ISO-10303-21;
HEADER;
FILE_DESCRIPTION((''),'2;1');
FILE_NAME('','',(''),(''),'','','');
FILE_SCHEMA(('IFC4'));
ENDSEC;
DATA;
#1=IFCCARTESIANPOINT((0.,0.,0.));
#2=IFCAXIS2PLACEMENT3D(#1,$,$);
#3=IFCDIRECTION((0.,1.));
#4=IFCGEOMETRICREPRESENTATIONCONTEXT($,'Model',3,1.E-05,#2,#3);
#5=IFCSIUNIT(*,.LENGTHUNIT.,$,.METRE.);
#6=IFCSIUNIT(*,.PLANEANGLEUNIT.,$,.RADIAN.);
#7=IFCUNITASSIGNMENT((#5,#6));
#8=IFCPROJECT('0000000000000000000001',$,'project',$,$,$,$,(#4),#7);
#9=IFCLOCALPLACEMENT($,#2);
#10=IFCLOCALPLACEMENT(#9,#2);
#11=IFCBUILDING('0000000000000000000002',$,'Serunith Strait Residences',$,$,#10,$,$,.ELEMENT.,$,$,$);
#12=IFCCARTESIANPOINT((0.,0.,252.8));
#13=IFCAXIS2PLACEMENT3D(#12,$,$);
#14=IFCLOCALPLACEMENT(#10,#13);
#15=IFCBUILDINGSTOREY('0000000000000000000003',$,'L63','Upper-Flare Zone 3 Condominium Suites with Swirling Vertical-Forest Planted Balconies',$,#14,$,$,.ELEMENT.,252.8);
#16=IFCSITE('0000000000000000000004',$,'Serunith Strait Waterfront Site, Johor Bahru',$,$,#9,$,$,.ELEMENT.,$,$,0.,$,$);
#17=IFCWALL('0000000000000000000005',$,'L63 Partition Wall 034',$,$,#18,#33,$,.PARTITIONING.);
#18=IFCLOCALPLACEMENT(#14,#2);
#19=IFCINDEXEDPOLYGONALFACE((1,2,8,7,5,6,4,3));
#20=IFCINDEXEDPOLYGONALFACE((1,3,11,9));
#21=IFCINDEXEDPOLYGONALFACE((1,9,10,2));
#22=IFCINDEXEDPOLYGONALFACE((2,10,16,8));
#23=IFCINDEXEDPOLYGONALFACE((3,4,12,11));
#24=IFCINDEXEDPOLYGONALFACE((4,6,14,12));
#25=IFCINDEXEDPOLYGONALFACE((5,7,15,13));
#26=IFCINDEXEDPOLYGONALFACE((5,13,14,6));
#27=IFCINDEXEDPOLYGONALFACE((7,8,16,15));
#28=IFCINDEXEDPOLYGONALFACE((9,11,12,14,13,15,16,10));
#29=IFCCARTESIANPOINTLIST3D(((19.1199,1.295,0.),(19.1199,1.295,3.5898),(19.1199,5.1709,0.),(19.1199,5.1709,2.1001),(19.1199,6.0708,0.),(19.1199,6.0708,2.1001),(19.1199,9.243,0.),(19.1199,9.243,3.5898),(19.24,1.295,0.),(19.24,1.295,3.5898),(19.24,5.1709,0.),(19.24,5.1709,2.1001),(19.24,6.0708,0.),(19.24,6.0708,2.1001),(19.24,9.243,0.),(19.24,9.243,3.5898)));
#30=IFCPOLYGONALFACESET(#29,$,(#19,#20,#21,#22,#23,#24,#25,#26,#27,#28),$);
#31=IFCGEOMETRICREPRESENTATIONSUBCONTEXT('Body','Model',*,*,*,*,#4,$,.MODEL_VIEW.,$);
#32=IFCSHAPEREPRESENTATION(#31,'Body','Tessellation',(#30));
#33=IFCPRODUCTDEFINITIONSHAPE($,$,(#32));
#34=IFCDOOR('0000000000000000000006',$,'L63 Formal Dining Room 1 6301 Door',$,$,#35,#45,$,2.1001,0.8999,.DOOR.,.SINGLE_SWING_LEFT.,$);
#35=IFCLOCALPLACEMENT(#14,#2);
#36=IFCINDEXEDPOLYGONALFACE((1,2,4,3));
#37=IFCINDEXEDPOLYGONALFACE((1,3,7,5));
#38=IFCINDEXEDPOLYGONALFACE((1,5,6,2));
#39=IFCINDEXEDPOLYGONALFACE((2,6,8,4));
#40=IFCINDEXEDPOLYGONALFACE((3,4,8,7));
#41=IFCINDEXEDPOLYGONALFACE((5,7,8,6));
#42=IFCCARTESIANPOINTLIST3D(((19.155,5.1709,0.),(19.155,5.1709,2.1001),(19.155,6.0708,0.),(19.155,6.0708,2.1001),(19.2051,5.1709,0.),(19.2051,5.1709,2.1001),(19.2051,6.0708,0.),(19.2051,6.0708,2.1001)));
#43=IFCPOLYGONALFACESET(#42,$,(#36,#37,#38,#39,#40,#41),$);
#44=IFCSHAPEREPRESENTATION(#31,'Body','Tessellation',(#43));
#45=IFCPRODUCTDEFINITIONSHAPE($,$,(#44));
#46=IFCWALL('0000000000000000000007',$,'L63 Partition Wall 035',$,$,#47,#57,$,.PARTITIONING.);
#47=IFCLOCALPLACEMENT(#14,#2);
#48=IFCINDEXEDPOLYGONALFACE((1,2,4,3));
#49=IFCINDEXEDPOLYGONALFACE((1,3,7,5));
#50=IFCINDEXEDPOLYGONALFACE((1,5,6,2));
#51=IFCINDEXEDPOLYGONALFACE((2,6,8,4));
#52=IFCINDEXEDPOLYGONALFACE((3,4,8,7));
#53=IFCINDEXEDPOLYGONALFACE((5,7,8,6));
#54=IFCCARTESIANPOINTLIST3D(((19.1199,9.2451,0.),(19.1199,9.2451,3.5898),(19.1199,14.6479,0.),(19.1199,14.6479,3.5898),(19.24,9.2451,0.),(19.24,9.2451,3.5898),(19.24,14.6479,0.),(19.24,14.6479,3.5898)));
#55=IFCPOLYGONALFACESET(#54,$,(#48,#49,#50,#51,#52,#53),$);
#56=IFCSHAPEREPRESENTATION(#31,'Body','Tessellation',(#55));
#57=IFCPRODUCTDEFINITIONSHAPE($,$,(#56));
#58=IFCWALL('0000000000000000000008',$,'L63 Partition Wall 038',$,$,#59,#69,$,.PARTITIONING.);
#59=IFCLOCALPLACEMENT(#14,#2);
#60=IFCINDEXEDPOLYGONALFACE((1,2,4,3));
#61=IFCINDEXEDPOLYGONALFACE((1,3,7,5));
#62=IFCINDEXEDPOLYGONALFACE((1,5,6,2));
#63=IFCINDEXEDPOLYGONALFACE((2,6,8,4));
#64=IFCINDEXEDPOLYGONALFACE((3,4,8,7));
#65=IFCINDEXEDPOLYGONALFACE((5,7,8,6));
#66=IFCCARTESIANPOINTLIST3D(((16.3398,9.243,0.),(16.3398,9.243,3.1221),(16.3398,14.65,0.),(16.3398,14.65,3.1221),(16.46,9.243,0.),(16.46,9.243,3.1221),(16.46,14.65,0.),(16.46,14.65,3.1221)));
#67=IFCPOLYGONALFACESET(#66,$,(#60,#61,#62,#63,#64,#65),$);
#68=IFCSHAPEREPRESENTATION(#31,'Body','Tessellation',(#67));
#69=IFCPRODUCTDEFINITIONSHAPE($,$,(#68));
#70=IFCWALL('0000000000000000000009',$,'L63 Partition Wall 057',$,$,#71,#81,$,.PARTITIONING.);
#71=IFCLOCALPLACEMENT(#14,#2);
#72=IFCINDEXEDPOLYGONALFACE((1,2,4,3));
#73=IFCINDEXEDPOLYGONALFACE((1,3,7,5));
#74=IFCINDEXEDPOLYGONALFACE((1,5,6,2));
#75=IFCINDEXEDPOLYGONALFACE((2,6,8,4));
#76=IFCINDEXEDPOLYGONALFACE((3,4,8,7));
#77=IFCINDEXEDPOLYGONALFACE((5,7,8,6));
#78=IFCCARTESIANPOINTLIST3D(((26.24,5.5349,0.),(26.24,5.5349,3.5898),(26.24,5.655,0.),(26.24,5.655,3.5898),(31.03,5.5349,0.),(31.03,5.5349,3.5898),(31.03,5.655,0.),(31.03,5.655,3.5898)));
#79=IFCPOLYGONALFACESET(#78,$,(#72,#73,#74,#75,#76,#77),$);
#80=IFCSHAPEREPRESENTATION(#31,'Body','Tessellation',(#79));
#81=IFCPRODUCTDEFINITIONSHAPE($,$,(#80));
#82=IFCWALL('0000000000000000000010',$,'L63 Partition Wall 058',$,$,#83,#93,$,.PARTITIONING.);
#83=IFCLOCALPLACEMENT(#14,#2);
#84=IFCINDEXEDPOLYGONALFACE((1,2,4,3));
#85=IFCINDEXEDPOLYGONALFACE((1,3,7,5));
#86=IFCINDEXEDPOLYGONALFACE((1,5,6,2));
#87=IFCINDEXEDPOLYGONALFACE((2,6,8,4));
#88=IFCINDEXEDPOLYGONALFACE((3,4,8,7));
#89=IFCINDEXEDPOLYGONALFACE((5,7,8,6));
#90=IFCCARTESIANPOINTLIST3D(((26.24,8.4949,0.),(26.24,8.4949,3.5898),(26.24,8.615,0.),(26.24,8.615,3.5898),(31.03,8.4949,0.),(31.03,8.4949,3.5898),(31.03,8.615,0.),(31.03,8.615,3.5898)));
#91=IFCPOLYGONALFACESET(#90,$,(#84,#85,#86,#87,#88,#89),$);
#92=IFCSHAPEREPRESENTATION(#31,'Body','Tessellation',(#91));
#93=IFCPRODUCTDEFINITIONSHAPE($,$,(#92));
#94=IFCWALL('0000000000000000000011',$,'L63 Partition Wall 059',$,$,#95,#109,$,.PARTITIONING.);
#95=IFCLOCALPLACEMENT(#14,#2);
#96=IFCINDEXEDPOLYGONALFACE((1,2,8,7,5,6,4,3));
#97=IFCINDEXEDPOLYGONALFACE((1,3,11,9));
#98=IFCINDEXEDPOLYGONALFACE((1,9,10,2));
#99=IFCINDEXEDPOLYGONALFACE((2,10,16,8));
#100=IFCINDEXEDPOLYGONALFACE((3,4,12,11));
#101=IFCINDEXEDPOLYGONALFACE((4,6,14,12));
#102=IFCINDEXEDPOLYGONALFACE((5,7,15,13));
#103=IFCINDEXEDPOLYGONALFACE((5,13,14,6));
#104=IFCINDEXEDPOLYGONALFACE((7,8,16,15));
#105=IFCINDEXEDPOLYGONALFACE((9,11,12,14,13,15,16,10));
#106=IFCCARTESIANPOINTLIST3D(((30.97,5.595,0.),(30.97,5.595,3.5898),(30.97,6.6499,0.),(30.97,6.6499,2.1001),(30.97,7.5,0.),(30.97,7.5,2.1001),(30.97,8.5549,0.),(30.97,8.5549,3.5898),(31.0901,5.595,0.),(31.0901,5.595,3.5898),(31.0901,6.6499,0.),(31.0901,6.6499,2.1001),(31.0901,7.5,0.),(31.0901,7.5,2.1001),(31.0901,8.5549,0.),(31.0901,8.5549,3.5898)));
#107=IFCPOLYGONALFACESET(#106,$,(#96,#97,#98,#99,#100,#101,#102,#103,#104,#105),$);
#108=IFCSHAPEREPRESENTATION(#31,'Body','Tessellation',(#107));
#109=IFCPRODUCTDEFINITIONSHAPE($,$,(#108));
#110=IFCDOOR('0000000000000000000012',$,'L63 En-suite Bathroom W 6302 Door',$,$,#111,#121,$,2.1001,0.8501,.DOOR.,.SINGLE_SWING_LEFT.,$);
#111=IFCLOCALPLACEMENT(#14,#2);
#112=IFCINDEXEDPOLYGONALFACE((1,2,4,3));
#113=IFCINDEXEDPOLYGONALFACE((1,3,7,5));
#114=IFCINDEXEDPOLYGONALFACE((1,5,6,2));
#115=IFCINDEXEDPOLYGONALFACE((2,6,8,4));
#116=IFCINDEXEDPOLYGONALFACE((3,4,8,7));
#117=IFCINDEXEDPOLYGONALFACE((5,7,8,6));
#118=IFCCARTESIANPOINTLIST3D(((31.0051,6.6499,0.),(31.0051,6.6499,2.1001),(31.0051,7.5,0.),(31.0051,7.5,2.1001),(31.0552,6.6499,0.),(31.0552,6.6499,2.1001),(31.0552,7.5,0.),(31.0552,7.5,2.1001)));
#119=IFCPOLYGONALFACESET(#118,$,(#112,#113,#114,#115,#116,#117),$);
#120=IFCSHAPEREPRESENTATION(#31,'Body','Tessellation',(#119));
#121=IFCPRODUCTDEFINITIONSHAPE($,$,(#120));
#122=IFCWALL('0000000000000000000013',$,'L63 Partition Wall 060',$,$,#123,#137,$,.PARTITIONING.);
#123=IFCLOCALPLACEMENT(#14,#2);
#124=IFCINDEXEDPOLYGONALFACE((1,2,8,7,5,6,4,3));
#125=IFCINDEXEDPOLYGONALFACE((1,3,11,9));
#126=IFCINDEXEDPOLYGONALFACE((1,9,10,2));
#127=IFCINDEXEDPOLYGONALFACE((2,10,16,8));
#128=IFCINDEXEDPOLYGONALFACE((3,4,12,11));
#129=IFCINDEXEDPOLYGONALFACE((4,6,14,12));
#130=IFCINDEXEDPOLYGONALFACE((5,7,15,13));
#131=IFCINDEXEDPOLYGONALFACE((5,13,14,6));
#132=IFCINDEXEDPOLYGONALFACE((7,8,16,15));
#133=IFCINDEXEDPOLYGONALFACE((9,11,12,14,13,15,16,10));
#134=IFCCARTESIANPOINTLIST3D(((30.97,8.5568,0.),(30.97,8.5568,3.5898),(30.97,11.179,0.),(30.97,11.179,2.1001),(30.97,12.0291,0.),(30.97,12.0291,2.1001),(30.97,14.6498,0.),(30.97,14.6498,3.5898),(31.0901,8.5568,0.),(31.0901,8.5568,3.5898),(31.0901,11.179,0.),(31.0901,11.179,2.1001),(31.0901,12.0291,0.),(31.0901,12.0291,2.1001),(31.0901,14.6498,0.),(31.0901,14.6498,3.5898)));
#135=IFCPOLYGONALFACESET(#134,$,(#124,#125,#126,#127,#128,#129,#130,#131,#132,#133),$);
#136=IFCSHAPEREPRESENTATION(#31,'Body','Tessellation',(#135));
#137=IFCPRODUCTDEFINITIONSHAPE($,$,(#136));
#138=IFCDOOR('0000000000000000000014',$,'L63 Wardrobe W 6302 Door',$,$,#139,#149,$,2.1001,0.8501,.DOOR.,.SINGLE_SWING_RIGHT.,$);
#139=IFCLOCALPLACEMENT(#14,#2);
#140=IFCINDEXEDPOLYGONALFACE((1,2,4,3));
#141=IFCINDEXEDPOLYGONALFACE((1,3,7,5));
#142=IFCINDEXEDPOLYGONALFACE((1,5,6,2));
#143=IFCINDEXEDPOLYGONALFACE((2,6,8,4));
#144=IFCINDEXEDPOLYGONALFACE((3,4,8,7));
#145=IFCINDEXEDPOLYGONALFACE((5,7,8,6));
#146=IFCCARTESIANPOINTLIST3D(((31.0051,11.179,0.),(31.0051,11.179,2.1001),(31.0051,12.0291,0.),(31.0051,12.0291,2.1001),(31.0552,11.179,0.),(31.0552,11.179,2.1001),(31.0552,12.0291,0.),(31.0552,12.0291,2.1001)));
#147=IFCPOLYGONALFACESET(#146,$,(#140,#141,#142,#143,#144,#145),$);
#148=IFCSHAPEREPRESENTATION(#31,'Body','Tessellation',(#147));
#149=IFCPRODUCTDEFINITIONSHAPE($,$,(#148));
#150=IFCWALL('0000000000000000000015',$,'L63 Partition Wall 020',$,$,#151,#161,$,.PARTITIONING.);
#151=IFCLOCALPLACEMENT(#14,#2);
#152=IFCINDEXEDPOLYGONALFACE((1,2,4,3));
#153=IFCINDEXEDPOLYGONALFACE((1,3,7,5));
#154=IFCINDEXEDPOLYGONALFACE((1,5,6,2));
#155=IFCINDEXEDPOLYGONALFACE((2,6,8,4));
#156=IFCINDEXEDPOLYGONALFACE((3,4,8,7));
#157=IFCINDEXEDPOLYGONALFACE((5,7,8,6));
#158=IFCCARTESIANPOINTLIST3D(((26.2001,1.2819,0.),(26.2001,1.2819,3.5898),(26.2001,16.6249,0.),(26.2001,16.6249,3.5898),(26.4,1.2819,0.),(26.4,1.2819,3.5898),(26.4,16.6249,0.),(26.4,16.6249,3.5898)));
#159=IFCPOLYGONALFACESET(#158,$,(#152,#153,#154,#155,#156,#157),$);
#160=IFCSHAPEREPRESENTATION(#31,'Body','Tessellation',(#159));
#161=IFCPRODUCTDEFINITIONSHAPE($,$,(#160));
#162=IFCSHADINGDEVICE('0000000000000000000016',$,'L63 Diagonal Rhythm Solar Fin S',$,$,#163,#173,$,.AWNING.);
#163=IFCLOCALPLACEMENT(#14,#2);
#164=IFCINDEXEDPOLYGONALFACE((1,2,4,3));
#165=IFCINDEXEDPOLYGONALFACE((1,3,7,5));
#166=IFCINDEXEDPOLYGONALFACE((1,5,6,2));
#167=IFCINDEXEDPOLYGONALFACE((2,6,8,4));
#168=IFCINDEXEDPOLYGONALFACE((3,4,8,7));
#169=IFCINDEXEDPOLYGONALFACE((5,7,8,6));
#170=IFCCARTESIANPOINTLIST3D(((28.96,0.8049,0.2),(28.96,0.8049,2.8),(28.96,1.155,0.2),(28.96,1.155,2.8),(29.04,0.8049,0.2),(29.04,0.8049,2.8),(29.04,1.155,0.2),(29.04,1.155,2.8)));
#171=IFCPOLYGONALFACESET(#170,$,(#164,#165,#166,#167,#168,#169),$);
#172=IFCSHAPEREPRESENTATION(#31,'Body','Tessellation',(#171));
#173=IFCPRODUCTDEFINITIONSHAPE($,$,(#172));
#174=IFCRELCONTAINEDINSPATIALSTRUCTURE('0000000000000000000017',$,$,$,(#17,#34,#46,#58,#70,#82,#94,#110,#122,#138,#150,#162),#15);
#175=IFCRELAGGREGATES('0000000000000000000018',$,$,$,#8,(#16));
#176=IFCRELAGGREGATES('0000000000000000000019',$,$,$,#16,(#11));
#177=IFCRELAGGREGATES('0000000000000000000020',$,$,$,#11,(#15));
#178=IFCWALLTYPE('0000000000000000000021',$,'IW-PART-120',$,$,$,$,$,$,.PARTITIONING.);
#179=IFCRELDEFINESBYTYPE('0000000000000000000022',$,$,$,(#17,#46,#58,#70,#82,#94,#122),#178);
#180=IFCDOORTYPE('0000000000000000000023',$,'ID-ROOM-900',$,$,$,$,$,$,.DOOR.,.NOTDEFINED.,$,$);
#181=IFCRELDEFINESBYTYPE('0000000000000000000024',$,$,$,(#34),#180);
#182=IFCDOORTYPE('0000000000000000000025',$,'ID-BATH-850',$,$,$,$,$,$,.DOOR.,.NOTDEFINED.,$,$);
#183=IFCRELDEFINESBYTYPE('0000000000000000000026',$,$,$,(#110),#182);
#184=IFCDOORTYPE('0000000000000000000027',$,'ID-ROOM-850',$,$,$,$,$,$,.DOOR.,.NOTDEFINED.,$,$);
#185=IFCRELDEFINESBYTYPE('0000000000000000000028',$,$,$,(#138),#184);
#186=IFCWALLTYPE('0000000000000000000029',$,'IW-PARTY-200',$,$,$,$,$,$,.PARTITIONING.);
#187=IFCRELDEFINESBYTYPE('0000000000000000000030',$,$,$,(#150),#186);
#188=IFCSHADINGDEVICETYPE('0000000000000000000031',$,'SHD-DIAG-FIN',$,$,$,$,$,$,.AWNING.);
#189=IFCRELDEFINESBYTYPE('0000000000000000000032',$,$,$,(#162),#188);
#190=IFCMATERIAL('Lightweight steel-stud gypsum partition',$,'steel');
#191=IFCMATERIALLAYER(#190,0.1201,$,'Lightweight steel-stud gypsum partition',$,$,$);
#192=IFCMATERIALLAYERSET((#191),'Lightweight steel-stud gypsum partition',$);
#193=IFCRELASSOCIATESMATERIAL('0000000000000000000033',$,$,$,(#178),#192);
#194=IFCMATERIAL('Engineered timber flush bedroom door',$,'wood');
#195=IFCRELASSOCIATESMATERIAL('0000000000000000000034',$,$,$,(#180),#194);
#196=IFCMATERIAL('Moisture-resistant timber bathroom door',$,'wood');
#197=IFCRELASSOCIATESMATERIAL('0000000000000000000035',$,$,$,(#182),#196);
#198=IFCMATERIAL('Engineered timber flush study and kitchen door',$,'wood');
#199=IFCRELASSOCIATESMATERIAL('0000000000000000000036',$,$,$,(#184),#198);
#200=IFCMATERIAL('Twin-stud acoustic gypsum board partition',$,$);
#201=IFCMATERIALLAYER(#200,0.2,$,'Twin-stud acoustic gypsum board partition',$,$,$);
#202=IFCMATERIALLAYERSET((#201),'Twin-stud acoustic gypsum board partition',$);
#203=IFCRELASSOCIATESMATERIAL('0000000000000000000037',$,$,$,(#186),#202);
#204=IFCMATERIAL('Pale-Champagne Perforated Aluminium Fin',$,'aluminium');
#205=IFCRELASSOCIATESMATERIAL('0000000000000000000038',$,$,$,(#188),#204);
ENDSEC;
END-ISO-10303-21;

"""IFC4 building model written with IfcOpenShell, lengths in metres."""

from ifc_helpers import new_model, si_unit, direction, frame, frame_2d, origin, origin_2d, place, context, subcontext, project, spatial, rectangle, extrude, source, transform, mapped, material, layer, layer_set, type_object, element, fill, save


model = new_model("IFC4")

# Units and contexts
model_context = context("Model", 3, precision=1e-05, world=origin(), true_north=direction((0.0, 1.0)))
body_context = subcontext(model_context, "Body", "Model", "MODEL_VIEW")
ifc_project = project(units=[si_unit("LENGTHUNIT", "METRE"), si_unit("PLANEANGLEUNIT", "RADIAN")], contexts=[model_context])

# Site, building, storey
site_placement = place(None, origin())
site = spatial("IfcSite", under=ifc_project, at=site_placement, Name="Serunith Strait Waterfront Site, Johor Bahru", CompositionType="ELEMENT", RefElevation=0.0)
building_placement = place(site_placement, origin())
building = spatial("IfcBuilding", under=site, at=building_placement, Name="Serunith Strait Residences", CompositionType="ELEMENT")
storey_placement = place(building_placement, frame((0.0, 0.0, 252.8)))
storey = spatial("IfcBuildingStorey", under=building, at=storey_placement, Name="L63", Description="Upper-Flare Zone 3 Condominium Suites with Swirling Vertical-Forest Planted Balconies", CompositionType="ELEMENT", Elevation=252.8)

# Wall, opening, door
ifc_material_1 = material(Name="Lightweight steel-stud gypsum partition", Category="steel")
ifc_layer_1 = layer(ifc_material_1, 0.1201, Name="Lightweight steel-stud gypsum partition")
ifc_layer_set_1 = layer_set([ifc_layer_1], Name="Lightweight steel-stud gypsum partition")
wall_type_1 = type_object("IfcWallType", Name="IW-PART-120", PredefinedType="PARTITIONING", material=ifc_layer_set_1)
wall_1_placement = place(storey_placement, frame((19.1799, 1.2949, 0.0), z_axis=(0.0, 0.0, 1.0), x_axis=(0.0, 1.0, 0.0)))
wall_1 = element("IfcWall", 1, at=wall_1_placement, inside=storey, type_object=wall_type_1, Name="L63 Partition Wall 034", PredefinedType="PARTITIONING", context=body_context, shape_type="SweptSolid", body=[
    extrude(rectangle(XDim=7.948, YDim=0.1201, at=frame_2d((3.9741, 0.0))), origin(), (0.0, 0.0, 1.0), 3.5898),
])
opening_1_placement = place(wall_1_placement, frame((3.876, 0.0, 0.0)))
opening_1 = element("IfcOpeningElement", 2, at=opening_1_placement, cuts=wall_1, PredefinedType="OPENING", context=body_context, shape_type="SweptSolid", body=[
    extrude(rectangle(XDim=0.8999, YDim=2.1001, at=frame_2d((0.45, 1.05))), frame((0.0, 0.0701, 0.0), z_axis=(0.0, -1.0, 0.0), x_axis=(1.0, 0.0, 0.0)), (0.0, 0.0, 1.0), 0.1401),
])
ifc_material_2 = material(Name="Engineered timber flush bedroom door", Category="wood")
door_type_1 = type_object("IfcDoorType", Name="ID-ROOM-900", OperationType="NOTDEFINED", PredefinedType="DOOR", material=ifc_material_2)
shared_shape_1 = source(origin(), body_context, "Body", "SweptSolid", [
    extrude(rectangle(XDim=0.8999, YDim=2.1001, at=frame_2d((0.45, 1.05))), frame((0.0, 0.0249, 0.0), z_axis=(0.0, -1.0, 0.0), x_axis=(1.0, 0.0, 0.0)), (0.0, 0.0, 1.0), 0.05),
])
door_1_placement = place(opening_1_placement, origin())
door_1 = element("IfcDoor", 3, at=door_1_placement, inside=storey, type_object=door_type_1, Name="L63 Formal Dining Room 1 6301 Door", OperationType="SINGLE_SWING_LEFT", OverallHeight=2.1001, OverallWidth=0.8999, PredefinedType="DOOR", context=body_context, shape_type="MappedRepresentation", body=[
    mapped(shared_shape_1, transform((0.0, 0.0, 0.0), scale=1.0)),
])
fill(opening_1, door_1)

# Walls
wall_2_placement = place(storey_placement, frame((19.1799, 9.2451, 0.0), z_axis=(0.0, 0.0, 1.0), x_axis=(0.0, 1.0, 0.0)))
element("IfcWall", 4, at=wall_2_placement, inside=storey, type_object=wall_type_1, Name="L63 Partition Wall 035", PredefinedType="PARTITIONING", context=body_context, shape_type="SweptSolid", body=[
    extrude(rectangle(XDim=5.4028, YDim=0.1201, at=frame_2d((2.7014, 0.0))), origin(), (0.0, 0.0, 1.0), 3.5898),
])
wall_3_placement = place(storey_placement, frame((16.3999, 9.2429, 0.0), z_axis=(0.0, 0.0, 1.0), x_axis=(0.0, 1.0, 0.0)))
element("IfcWall", 5, at=wall_3_placement, inside=storey, type_object=wall_type_1, Name="L63 Partition Wall 038", PredefinedType="PARTITIONING", context=body_context, shape_type="SweptSolid", body=[
    extrude(rectangle(XDim=5.407, YDim=0.1201, at=frame_2d((2.7036, 0.0))), origin(), (0.0, 0.0, 1.0), 3.1221),
])
for number, where, z_axis, x_axis, name in (
    (6, (26.24, 5.595, 0.0), (0.0, 0.0, 1.0), (1.0, 0.0, 0.0), "L63 Partition Wall 057"),
    (7, (26.24, 8.5549, 0.0), (0.0, 0.0, 1.0), (1.0, 0.0, 0.0), "L63 Partition Wall 058"),
):
    element("IfcWall", number, at=place(storey_placement, frame(where, z_axis=z_axis, x_axis=x_axis)), inside=storey, type_object=wall_type_1, Name=name, PredefinedType="PARTITIONING", context=body_context, shape_type="SweptSolid", body=[
        extrude(rectangle(XDim=4.79, YDim=0.1201, at=frame_2d((2.395, 0.0))), origin(), (0.0, 0.0, 1.0), 3.5898),
    ])

# Walls, openings, doors
wall_4_placement = place(storey_placement, frame((31.03, 5.595, 0.0), z_axis=(0.0, 0.0, 1.0), x_axis=(0.0, 1.0, 0.0)))
wall_4 = element("IfcWall", 8, at=wall_4_placement, inside=storey, type_object=wall_type_1, Name="L63 Partition Wall 059", PredefinedType="PARTITIONING", context=body_context, shape_type="SweptSolid", body=[
    extrude(rectangle(XDim=2.96, YDim=0.1201, at=frame_2d((1.48, 0.0))), origin(), (0.0, 0.0, 1.0), 3.5898),
])
opening_2_placement = place(wall_4_placement, frame((1.0549, 0.0, 0.0)))
opening_2 = element("IfcOpeningElement", 9, at=opening_2_placement, cuts=wall_4, PredefinedType="OPENING", context=body_context, shape_type="SweptSolid", body=[
    extrude(rectangle(XDim=0.8501, YDim=2.1001, at=frame_2d((0.425, 1.05))), frame((0.0, 0.0701, 0.0), z_axis=(0.0, -1.0, 0.0), x_axis=(1.0, 0.0, 0.0)), (0.0, 0.0, 1.0), 0.1401),
])
ifc_material_3 = material(Name="Moisture-resistant timber bathroom door", Category="wood")
door_type_2 = type_object("IfcDoorType", Name="ID-BATH-850", OperationType="NOTDEFINED", PredefinedType="DOOR", material=ifc_material_3)
shared_shape_2 = source(origin(), body_context, "Body", "SweptSolid", [
    extrude(rectangle(XDim=0.8501, YDim=2.1001, at=frame_2d((0.425, 1.05))), frame((0.0, 0.0249, 0.0), z_axis=(0.0, -1.0, 0.0), x_axis=(1.0, 0.0, 0.0)), (0.0, 0.0, 1.0), 0.05),
])
door_2_placement = place(opening_2_placement, origin())
door_2 = element("IfcDoor", 10, at=door_2_placement, inside=storey, type_object=door_type_2, Name="L63 En-suite Bathroom W 6302 Door", OperationType="SINGLE_SWING_LEFT", OverallHeight=2.1001, OverallWidth=0.8501, PredefinedType="DOOR", context=body_context, shape_type="MappedRepresentation", body=[
    mapped(shared_shape_2, transform((0.0, 0.0, 0.0), scale=1.0)),
])
fill(opening_2, door_2)
wall_5_placement = place(storey_placement, frame((31.03, 8.5569, 0.0), z_axis=(0.0, 0.0, 1.0), x_axis=(0.0, 1.0, 0.0)))
wall_5 = element("IfcWall", 11, at=wall_5_placement, inside=storey, type_object=wall_type_1, Name="L63 Partition Wall 060", PredefinedType="PARTITIONING", context=body_context, shape_type="SweptSolid", body=[
    extrude(rectangle(XDim=6.093, YDim=0.1201, at=frame_2d((3.0464, 0.0))), origin(), (0.0, 0.0, 1.0), 3.5898),
])
opening_3_placement = place(wall_5_placement, frame((2.6221, 0.0, 0.0)))
opening_3 = element("IfcOpeningElement", 12, at=opening_3_placement, cuts=wall_5, PredefinedType="OPENING", context=body_context, shape_type="SweptSolid", body=[
    extrude(rectangle(XDim=0.8501, YDim=2.1001, at=frame_2d((0.425, 1.05))), frame((0.0, 0.0701, 0.0), z_axis=(0.0, -1.0, 0.0), x_axis=(1.0, 0.0, 0.0)), (0.0, 0.0, 1.0), 0.1401),
])
ifc_material_4 = material(Name="Engineered timber flush study and kitchen door", Category="wood")
door_type_3 = type_object("IfcDoorType", Name="ID-ROOM-850", OperationType="NOTDEFINED", PredefinedType="DOOR", material=ifc_material_4)
door_3_placement = place(opening_3_placement, origin())
door_3 = element("IfcDoor", 13, at=door_3_placement, inside=storey, type_object=door_type_3, Name="L63 Wardrobe W 6302 Door", OperationType="SINGLE_SWING_RIGHT", OverallHeight=2.1001, OverallWidth=0.8501, PredefinedType="DOOR", context=body_context, shape_type="MappedRepresentation", body=[
    mapped(shared_shape_2, transform((0.0, 0.0, 0.0), scale=1.0)),
])
fill(opening_3, door_3)

# Wall
ifc_material_5 = material(Name="Twin-stud acoustic gypsum board partition")
ifc_layer_2 = layer(ifc_material_5, 0.2, Name="Twin-stud acoustic gypsum board partition")
ifc_layer_set_2 = layer_set([ifc_layer_2], Name="Twin-stud acoustic gypsum board partition")
wall_type_2 = type_object("IfcWallType", Name="IW-PARTY-200", PredefinedType="PARTITIONING", material=ifc_layer_set_2)
wall_6_placement = place(storey_placement, frame((26.3, 1.282, 0.0), z_axis=(0.0, 0.0, 1.0), x_axis=(0.0, 1.0, 0.0)))
element("IfcWall", 14, at=wall_6_placement, inside=storey, type_object=wall_type_2, Name="L63 Partition Wall 020", PredefinedType="PARTITIONING", context=body_context, shape_type="SweptSolid", body=[
    extrude(rectangle(XDim=15.343, YDim=0.2, at=frame_2d((7.6714, 0.0))), origin(), (0.0, 0.0, 1.0), 3.5898),
])

# Shading device
ifc_material_6 = material(Name="Pale-Champagne Perforated Aluminium Fin", Category="aluminium")
shading_device_type = type_object("IfcShadingDeviceType", Name="SHD-DIAG-FIN", PredefinedType="AWNING", material=ifc_material_6)
shared_shape_3 = source(origin(), body_context, "Body", "SweptSolid", [
    extrude(rectangle(XDim=0.0801, YDim=0.3501, at=origin_2d()), origin(), (0.0, 0.0, 1.0), 2.6001),
])
shading_device_placement = place(storey_placement, frame((29.0, 0.98, 0.2), z_axis=(0.0, 0.0, 1.0), x_axis=(1.0, 0.0, 0.0)))
element("IfcShadingDevice", 15, at=shading_device_placement, inside=storey, type_object=shading_device_type, Name="L63 Diagonal Rhythm Solar Fin S", PredefinedType="AWNING", context=body_context, shape_type="MappedRepresentation", body=[
    mapped(shared_shape_3, transform((0.0, 0.0, 0.0), scale=1.0)),
])

save(model, "model.ifc")
